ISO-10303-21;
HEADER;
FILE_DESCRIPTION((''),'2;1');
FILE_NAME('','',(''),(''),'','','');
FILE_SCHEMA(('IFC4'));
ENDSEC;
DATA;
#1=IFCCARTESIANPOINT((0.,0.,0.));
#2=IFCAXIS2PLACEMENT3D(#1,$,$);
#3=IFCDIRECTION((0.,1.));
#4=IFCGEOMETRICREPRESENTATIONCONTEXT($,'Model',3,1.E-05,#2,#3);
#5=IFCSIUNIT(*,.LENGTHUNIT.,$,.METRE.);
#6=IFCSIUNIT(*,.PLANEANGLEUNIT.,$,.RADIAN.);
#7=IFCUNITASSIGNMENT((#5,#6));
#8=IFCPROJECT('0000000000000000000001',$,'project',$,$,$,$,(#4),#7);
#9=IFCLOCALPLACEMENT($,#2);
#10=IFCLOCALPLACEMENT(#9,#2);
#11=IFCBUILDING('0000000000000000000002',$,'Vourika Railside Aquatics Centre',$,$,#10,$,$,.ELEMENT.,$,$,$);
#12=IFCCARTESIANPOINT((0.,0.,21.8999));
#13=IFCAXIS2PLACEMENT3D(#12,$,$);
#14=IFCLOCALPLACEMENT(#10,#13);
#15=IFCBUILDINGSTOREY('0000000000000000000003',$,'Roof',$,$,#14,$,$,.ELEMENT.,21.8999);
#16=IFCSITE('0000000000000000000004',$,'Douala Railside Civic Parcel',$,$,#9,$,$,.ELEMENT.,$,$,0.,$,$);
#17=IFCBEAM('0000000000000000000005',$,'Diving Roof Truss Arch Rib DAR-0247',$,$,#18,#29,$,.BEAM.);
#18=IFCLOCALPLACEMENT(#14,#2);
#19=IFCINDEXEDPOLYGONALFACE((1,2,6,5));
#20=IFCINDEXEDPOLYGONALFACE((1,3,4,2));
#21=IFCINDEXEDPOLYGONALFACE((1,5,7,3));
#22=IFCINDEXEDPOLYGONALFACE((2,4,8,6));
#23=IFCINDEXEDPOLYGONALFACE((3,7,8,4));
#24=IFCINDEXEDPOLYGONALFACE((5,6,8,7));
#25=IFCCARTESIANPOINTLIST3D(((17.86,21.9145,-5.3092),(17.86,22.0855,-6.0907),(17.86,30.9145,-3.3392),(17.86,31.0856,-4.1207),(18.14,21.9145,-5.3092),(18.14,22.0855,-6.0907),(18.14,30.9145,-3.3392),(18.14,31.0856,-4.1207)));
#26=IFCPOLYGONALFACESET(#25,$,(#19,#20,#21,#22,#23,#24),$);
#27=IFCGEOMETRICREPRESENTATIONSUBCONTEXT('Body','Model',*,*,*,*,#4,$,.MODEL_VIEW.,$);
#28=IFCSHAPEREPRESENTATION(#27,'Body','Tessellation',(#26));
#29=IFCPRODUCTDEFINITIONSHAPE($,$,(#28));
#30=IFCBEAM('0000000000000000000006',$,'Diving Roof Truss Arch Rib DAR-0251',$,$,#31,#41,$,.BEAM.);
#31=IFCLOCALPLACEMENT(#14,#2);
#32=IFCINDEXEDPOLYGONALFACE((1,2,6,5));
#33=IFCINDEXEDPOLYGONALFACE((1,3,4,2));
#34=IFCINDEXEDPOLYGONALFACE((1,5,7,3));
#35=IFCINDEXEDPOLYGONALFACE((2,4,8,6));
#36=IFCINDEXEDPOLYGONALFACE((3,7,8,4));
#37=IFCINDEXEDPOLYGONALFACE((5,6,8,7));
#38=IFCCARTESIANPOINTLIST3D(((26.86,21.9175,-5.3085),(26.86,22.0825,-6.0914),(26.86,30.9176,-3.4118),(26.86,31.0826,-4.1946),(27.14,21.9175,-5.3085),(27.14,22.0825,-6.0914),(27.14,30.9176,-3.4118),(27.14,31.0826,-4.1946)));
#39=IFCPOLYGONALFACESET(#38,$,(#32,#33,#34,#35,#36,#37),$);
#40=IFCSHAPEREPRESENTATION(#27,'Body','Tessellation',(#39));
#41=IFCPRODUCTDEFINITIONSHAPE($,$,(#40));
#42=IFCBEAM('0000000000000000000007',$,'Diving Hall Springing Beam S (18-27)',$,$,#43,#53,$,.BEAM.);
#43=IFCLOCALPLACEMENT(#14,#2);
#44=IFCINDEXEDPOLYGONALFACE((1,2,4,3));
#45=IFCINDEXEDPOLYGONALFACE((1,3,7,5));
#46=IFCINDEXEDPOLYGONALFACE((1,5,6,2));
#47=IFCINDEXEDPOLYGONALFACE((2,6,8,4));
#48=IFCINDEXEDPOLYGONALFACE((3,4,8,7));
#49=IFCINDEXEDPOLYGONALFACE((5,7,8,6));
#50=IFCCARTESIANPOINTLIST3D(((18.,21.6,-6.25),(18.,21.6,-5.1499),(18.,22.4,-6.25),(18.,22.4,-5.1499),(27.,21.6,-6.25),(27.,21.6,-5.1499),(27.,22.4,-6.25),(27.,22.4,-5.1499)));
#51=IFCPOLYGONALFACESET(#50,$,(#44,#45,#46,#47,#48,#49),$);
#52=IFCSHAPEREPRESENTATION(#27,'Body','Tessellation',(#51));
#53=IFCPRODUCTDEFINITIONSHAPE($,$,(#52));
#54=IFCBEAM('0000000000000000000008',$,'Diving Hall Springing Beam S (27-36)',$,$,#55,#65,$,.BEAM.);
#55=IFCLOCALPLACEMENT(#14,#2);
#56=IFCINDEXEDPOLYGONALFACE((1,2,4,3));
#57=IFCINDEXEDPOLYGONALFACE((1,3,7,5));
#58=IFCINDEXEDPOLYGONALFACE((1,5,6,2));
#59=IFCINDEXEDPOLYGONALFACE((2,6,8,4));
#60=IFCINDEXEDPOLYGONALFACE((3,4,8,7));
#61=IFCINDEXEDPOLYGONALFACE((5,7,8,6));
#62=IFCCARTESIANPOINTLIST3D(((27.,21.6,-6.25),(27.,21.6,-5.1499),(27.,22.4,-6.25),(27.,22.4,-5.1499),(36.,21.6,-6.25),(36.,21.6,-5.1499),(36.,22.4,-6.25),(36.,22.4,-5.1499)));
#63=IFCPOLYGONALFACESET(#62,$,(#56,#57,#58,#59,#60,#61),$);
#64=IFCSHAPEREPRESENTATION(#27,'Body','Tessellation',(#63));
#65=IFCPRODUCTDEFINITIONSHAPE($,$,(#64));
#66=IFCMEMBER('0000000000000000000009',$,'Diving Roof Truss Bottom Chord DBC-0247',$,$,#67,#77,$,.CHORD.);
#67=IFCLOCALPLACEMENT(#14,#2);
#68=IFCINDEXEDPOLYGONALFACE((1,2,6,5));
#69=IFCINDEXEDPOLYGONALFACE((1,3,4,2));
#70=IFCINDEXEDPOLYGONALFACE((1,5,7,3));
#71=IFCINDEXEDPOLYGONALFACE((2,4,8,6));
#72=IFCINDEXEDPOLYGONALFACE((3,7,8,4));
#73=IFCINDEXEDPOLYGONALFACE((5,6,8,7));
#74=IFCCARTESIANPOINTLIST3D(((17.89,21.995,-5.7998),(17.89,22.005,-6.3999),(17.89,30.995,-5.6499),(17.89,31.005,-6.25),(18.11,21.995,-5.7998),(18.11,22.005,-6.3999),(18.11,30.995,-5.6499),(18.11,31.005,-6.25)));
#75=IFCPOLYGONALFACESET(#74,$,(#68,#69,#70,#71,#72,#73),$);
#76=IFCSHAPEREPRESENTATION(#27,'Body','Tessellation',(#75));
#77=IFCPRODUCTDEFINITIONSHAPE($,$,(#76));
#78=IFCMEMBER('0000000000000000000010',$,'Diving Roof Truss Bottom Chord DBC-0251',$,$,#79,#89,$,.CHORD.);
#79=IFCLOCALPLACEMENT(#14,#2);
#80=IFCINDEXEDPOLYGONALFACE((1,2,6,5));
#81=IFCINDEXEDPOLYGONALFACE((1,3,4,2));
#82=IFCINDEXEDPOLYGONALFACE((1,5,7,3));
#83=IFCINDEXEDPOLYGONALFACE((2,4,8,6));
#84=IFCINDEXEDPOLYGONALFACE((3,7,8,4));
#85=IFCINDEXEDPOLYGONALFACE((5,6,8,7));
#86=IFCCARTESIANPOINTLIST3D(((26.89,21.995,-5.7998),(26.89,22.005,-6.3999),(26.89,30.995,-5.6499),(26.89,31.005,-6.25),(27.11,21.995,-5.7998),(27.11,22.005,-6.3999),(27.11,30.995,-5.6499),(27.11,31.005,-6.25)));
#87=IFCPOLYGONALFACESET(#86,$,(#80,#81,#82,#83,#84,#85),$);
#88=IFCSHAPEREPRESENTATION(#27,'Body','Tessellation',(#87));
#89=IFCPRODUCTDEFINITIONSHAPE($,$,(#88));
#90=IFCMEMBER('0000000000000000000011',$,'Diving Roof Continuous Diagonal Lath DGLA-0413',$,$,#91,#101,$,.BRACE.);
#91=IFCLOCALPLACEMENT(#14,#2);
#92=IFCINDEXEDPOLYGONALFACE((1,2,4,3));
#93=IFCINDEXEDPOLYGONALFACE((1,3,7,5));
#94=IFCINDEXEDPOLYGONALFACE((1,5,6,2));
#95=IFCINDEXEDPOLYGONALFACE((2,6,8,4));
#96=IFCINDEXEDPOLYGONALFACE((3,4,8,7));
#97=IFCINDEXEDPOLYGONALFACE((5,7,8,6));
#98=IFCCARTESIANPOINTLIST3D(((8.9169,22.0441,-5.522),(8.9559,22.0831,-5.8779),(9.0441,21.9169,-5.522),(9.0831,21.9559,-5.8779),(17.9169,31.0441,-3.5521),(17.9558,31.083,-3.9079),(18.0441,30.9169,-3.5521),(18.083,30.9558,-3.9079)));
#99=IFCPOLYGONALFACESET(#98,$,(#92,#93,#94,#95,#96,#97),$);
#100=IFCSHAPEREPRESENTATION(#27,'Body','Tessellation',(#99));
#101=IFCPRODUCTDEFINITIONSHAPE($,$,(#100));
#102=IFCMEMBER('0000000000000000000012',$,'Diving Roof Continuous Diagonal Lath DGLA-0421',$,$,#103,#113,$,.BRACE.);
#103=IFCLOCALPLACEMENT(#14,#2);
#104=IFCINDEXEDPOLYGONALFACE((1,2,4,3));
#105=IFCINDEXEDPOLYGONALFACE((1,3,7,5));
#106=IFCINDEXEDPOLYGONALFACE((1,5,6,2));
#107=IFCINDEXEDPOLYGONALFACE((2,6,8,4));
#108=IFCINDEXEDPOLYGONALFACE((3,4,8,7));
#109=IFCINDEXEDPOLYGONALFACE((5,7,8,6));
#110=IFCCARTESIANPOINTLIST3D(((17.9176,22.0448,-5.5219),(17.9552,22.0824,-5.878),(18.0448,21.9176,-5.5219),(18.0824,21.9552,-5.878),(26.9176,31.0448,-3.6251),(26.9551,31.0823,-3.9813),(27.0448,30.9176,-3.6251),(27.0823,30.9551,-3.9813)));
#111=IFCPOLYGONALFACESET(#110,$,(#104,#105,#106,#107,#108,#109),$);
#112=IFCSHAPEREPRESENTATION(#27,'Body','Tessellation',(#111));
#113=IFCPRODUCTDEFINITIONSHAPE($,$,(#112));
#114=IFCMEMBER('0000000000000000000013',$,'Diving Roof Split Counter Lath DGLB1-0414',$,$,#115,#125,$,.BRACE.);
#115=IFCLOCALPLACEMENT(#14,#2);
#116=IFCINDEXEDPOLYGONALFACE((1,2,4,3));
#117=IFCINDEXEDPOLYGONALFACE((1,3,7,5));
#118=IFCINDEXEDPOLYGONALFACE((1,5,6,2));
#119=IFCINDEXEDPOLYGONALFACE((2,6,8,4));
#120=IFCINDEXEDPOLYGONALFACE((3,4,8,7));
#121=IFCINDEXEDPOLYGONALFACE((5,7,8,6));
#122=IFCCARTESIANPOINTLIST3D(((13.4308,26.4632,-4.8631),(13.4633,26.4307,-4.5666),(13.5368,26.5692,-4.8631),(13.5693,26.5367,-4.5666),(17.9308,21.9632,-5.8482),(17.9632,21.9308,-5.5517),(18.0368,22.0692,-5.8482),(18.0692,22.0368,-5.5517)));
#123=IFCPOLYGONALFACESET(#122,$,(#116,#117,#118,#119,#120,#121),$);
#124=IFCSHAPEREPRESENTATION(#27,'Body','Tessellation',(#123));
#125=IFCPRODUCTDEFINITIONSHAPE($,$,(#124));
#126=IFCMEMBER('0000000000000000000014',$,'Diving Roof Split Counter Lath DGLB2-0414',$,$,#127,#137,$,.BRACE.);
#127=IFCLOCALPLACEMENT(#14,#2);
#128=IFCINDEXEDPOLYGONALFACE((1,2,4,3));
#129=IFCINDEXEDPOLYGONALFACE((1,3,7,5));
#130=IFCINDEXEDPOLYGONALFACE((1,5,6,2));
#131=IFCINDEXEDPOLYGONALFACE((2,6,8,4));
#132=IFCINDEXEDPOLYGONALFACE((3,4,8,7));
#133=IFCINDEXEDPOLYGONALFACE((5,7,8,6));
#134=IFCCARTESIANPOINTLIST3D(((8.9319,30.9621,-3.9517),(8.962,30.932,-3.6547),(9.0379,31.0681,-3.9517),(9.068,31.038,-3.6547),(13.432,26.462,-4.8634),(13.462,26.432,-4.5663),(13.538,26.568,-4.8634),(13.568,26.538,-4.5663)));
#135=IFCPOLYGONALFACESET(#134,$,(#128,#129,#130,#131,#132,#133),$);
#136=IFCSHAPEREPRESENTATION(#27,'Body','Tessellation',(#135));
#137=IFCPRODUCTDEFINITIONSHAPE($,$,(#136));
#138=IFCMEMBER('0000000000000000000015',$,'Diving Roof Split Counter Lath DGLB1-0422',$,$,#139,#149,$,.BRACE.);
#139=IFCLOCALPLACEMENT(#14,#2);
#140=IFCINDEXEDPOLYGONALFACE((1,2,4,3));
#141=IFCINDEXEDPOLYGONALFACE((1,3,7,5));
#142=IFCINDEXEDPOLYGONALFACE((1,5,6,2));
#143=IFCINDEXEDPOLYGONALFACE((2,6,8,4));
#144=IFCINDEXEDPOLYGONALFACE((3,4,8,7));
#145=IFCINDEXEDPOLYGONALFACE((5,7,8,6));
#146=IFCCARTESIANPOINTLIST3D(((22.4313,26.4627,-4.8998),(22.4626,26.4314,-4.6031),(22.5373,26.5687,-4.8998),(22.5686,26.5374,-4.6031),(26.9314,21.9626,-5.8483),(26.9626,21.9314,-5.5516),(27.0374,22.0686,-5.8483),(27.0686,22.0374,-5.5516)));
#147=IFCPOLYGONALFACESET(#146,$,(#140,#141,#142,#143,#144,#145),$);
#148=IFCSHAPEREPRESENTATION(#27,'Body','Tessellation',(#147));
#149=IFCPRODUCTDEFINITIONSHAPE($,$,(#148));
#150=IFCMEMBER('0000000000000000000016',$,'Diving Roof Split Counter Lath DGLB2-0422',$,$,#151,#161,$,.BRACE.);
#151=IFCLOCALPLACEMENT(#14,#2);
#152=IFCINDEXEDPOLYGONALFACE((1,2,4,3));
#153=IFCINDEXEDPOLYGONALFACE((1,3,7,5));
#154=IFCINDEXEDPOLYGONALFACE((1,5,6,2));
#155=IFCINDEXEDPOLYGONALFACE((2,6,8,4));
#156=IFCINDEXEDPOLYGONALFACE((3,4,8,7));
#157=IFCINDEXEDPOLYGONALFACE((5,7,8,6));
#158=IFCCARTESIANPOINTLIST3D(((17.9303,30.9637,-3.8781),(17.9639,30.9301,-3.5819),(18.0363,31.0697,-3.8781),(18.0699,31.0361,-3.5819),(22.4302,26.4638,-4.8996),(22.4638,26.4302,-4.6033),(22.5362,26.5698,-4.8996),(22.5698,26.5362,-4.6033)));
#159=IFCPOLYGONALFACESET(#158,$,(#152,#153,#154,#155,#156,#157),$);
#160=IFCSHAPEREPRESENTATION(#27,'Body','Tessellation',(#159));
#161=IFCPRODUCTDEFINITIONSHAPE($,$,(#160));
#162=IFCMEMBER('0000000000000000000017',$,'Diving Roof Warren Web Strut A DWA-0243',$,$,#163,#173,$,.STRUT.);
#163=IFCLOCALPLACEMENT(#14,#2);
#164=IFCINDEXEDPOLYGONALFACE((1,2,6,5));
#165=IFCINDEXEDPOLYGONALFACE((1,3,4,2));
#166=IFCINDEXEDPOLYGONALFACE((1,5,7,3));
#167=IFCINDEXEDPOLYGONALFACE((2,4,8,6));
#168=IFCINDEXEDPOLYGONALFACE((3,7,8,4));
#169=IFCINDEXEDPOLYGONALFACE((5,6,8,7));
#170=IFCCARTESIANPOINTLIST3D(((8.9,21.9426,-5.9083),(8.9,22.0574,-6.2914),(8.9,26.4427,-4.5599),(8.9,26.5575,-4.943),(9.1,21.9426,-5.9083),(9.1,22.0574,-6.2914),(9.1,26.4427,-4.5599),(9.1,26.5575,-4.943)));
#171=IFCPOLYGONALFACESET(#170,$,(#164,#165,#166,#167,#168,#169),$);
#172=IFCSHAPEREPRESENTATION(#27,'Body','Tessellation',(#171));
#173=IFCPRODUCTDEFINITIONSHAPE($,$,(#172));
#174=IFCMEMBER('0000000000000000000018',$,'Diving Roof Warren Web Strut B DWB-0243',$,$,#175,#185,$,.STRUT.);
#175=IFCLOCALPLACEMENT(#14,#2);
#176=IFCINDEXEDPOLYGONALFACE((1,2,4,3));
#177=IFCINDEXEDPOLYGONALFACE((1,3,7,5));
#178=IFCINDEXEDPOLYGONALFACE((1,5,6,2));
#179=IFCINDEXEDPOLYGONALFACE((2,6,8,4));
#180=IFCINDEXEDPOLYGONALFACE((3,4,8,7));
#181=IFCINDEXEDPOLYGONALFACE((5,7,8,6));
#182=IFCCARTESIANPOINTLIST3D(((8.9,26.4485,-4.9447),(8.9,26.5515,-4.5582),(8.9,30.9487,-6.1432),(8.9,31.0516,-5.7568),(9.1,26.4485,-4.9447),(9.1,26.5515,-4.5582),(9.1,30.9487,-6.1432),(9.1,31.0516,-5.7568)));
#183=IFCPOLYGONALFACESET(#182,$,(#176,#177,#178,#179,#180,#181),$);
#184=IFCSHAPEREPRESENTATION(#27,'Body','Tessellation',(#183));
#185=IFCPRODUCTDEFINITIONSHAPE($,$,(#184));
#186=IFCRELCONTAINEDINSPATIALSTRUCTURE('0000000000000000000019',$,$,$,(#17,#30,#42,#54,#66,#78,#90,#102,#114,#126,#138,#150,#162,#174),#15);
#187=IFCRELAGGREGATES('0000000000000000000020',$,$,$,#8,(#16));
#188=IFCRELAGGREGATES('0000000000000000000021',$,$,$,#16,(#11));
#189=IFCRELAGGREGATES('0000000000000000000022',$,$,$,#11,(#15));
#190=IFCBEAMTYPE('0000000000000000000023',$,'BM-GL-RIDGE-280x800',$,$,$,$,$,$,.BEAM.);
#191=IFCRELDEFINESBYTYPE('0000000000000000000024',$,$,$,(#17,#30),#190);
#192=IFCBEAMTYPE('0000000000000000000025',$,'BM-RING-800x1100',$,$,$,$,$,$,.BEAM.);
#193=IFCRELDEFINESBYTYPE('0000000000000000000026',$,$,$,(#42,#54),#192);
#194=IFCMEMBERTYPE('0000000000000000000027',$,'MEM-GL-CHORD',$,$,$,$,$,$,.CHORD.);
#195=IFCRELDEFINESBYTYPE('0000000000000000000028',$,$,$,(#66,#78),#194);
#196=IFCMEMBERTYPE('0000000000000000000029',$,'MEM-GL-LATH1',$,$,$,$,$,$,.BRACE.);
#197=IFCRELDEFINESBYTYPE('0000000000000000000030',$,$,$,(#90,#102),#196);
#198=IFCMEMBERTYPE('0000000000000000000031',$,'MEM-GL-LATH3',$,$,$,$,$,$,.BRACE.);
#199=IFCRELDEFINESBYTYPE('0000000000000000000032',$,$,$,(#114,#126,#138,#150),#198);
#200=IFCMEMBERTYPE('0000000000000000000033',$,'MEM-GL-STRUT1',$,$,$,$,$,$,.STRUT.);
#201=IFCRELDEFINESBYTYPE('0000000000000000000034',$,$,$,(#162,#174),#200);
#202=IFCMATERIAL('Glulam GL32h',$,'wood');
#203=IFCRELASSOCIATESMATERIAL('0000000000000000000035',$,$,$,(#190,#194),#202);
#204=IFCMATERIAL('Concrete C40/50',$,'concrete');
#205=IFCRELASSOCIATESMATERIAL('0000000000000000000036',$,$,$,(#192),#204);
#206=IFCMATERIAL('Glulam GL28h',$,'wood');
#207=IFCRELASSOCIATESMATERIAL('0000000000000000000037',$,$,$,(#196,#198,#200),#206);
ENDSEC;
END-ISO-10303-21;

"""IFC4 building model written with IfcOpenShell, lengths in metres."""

from ifc_helpers import new_model, si_unit, direction, frame, origin, origin_2d, place, context, subcontext, project, spatial, rectangle, extrude, material, material_profile, profile_set, type_object, element, save


model = new_model("IFC4")

# Units and contexts
model_context = context("Model", 3, precision=1e-05, world=origin(), true_north=direction((0.0, 1.0)))
body_context = subcontext(model_context, "Body", "Model", "MODEL_VIEW")
ifc_project = project(units=[si_unit("LENGTHUNIT", "METRE"), si_unit("PLANEANGLEUNIT", "RADIAN")], contexts=[model_context])

# Site, building, storey
site_placement = place(None, origin())
site = spatial("IfcSite", under=ifc_project, at=site_placement, Name="Douala Railside Civic Parcel", CompositionType="ELEMENT", RefElevation=0.0)
building_placement = place(site_placement, origin())
building = spatial("IfcBuilding", under=site, at=building_placement, Name="Vourika Railside Aquatics Centre", CompositionType="ELEMENT")
storey_placement = place(building_placement, frame((0.0, 0.0, 21.8999)))
storey = spatial("IfcBuildingStorey", under=building, at=storey_placement, Name="Roof", CompositionType="ELEMENT", Elevation=21.8999)

# Beams
ifc_material_1 = material(Name="Glulam GL32h", Category="wood")
ifc_material_profile_1 = material_profile(ifc_material_1, rectangle(XDim=0.28, YDim=0.8, at=origin_2d()), Name="GL32h 280x800")
ifc_profile_set_1 = profile_set([ifc_material_profile_1], Name="Glulam GL32h")
beam_type_1 = type_object("IfcBeamType", Name="BM-GL-RIDGE-280x800", PredefinedType="BEAM", material=ifc_profile_set_1)
beam_1_placement = place(storey_placement, frame((18.0, 22.0, -5.7), z_axis=(0.0, 0.976872, 0.213823), x_axis=(-1.0, 0.0, 0.0)))
element("IfcBeam", 1, at=beam_1_placement, inside=storey, type_object=beam_type_1, Name="Diving Roof Truss Arch Rib DAR-0247", PredefinedType="BEAM", context=body_context, shape_type="SweptSolid", body=[
    extrude(rectangle(XDim=0.28, YDim=0.8, at=origin_2d()), origin(), (0.0, 0.0, 1.0), 9.2131),
])
beam_2_placement = place(storey_placement, frame((27.0, 22.0, -5.7), z_axis=(0.0, 0.978506, 0.206218), x_axis=(-1.0, 0.0, 0.0)))
element("IfcBeam", 2, at=beam_2_placement, inside=storey, type_object=beam_type_1, Name="Diving Roof Truss Arch Rib DAR-0251", PredefinedType="BEAM", context=body_context, shape_type="SweptSolid", body=[
    extrude(rectangle(XDim=0.28, YDim=0.8, at=origin_2d()), origin(), (0.0, 0.0, 1.0), 9.1978),
])
ifc_material_2 = material(Name="Concrete C40/50", Category="concrete")
ifc_material_profile_2 = material_profile(ifc_material_2, rectangle(XDim=0.8, YDim=1.1001, at=origin_2d()), Name="RC 800x1100")
ifc_profile_set_2 = profile_set([ifc_material_profile_2], Name="Concrete C40/50")
beam_type_2 = type_object("IfcBeamType", Name="BM-RING-800x1100", PredefinedType="BEAM", material=ifc_profile_set_2)
for number, where, z_axis, x_axis, name in (
    (3, (18.0, 22.0, -5.7), (1.0, 0.0, 0.0), (0.0, 1.0, 0.0), "Diving Hall Springing Beam S (18-27)"),
    (4, (27.0, 22.0, -5.7), (1.0, 0.0, 0.0), (0.0, 1.0, 0.0), "Diving Hall Springing Beam S (27-36)"),
):
    element("IfcBeam", number, at=place(storey_placement, frame(where, z_axis=z_axis, x_axis=x_axis)), inside=storey, type_object=beam_type_2, Name=name, PredefinedType="BEAM", context=body_context, shape_type="SweptSolid", body=[
        extrude(rectangle(XDim=0.8, YDim=1.1001, at=origin_2d()), origin(), (0.0, 0.0, 1.0), 9.0),
    ])

# Members
ifc_material_profile_3 = material_profile(ifc_material_1, rectangle(XDim=0.22, YDim=0.6001, at=origin_2d()), Name="GL32h 220x600")
ifc_profile_set_3 = profile_set([ifc_material_profile_3], Name="Glulam GL32h")
member_type_1 = type_object("IfcMemberType", Name="MEM-GL-CHORD", PredefinedType="CHORD", material=ifc_profile_set_3)
for number, where, z_axis, x_axis, name in (
    (5, (18.0, 22.0, -6.0999), (0.0, 0.999861, 0.016654), (-1.0, 0.0, 0.0), "Diving Roof Truss Bottom Chord DBC-0247"),
    (6, (27.0, 22.0, -6.0999), (0.0, 0.999861, 0.016654), (-1.0, 0.0, 0.0), "Diving Roof Truss Bottom Chord DBC-0251"),
):
    element("IfcMember", number, at=place(storey_placement, frame(where, z_axis=z_axis, x_axis=x_axis)), inside=storey, type_object=member_type_1, Name=name, PredefinedType="CHORD", context=body_context, shape_type="SweptSolid", body=[
        extrude(rectangle(XDim=0.22, YDim=0.6001, at=origin_2d()), origin(), (0.0, 0.0, 1.0), 9.0012),
    ])
ifc_material_3 = material(Name="Glulam GL28h", Category="wood")
ifc_material_profile_4 = material_profile(ifc_material_3, rectangle(XDim=0.1799, YDim=0.3601, at=origin_2d()), Name="GL28h 180x360")
ifc_profile_set_4 = profile_set([ifc_material_profile_4], Name="Glulam GL28h")
member_type_2 = type_object("IfcMemberType", Name="MEM-GL-LATH1", PredefinedType="BRACE", material=ifc_profile_set_4)
member_1_placement = place(storey_placement, frame((9.0, 22.0, -5.7), z_axis=(0.698786, 0.698786, 0.152954), x_axis=(-0.707107, 0.707107, 0.0)))
element("IfcMember", 7, at=member_1_placement, inside=storey, type_object=member_type_2, Name="Diving Roof Continuous Diagonal Lath DGLA-0413", PredefinedType="BRACE", context=body_context, shape_type="SweptSolid", body=[
    extrude(rectangle(XDim=0.1799, YDim=0.3601, at=origin_2d()), origin(), (0.0, 0.0, 1.0), 12.8794),
])
member_2_placement = place(storey_placement, frame((18.0, 22.0, -5.7), z_axis=(0.699384, 0.699384, 0.147393), x_axis=(-0.707107, 0.707107, 0.0)))
element("IfcMember", 8, at=member_2_placement, inside=storey, type_object=member_type_2, Name="Diving Roof Continuous Diagonal Lath DGLA-0421", PredefinedType="BRACE", context=body_context, shape_type="SweptSolid", body=[
    extrude(rectangle(XDim=0.1799, YDim=0.3601, at=origin_2d()), origin(), (0.0, 0.0, 1.0), 12.8684),
])
ifc_material_profile_5 = material_profile(ifc_material_3, rectangle(XDim=0.1499, YDim=0.3, at=origin_2d()), Name="GL28h 150x300")
ifc_profile_set_5 = profile_set([ifc_material_profile_5], Name="Glulam GL28h")
member_type_3 = type_object("IfcMemberType", Name="MEM-GL-LATH3", PredefinedType="BRACE", material=ifc_profile_set_5)
member_3_placement = place(storey_placement, frame((18.0, 22.0, -5.7), z_axis=(-0.698784, 0.698784, 0.152973), x_axis=(-0.707107, -0.707107, 0.0)))
element("IfcMember", 9, at=member_3_placement, inside=storey, type_object=member_type_3, Name="Diving Roof Split Counter Lath DGLB1-0414", PredefinedType="BRACE", context=body_context, shape_type="SweptSolid", body=[
    extrude(rectangle(XDim=0.1499, YDim=0.3, at=origin_2d()), origin(), (0.0, 0.0, 1.0), 6.4397),
])
member_4_placement = place(storey_placement, frame((13.5, 26.5, -4.7148), z_axis=(-0.699962, 0.699962, 0.1418), x_axis=(-0.707107, -0.707107, 0.0)))
element("IfcMember", 10, at=member_4_placement, inside=storey, type_object=member_type_3, Name="Diving Roof Split Counter Lath DGLB2-0414", PredefinedType="BRACE", context=body_context, shape_type="SweptSolid", body=[
    extrude(rectangle(XDim=0.1499, YDim=0.3, at=origin_2d()), origin(), (0.0, 0.0, 1.0), 6.429),
])
member_5_placement = place(storey_placement, frame((27.0, 22.0, -5.7), z_axis=(-0.699382, 0.699382, 0.147412), x_axis=(-0.707107, -0.707107, 0.0)))
element("IfcMember", 11, at=member_5_placement, inside=storey, type_object=member_type_3, Name="Diving Roof Split Counter Lath DGLB1-0422", PredefinedType="BRACE", context=body_context, shape_type="SweptSolid", body=[
    extrude(rectangle(XDim=0.1499, YDim=0.3, at=origin_2d()), origin(), (0.0, 0.0, 1.0), 6.4343),
])
member_6_placement = place(storey_placement, frame((22.5, 26.5, -4.7515), z_axis=(-0.69817, 0.69817, 0.158482), x_axis=(-0.707107, -0.707107, 0.0)))
element("IfcMember", 12, at=member_6_placement, inside=storey, type_object=member_type_3, Name="Diving Roof Split Counter Lath DGLB2-0422", PredefinedType="BRACE", context=body_context, shape_type="SweptSolid", body=[
    extrude(rectangle(XDim=0.1499, YDim=0.3, at=origin_2d()), origin(), (0.0, 0.0, 1.0), 6.4453),
])
ifc_material_profile_6 = material_profile(ifc_material_3, rectangle(XDim=0.2, YDim=0.3999, at=origin_2d()), Name="GL28h 200x400")
ifc_profile_set_6 = profile_set([ifc_material_profile_6], Name="Glulam GL28h")
member_type_4 = type_object("IfcMemberType", Name="MEM-GL-STRUT1", PredefinedType="STRUT", material=ifc_profile_set_6)
member_7_placement = place(storey_placement, frame((9.0, 22.0, -6.0999), z_axis=(0.0, 0.957921, 0.287033), x_axis=(-1.0, 0.0, 0.0)))
element("IfcMember", 13, at=member_7_placement, inside=storey, type_object=member_type_4, Name="Diving Roof Warren Web Strut A DWA-0243", PredefinedType="STRUT", context=body_context, shape_type="SweptSolid", body=[
    extrude(rectangle(XDim=0.2, YDim=0.3999, at=origin_2d()), origin(), (0.0, 0.0, 1.0), 4.6978),
])
member_8_placement = place(storey_placement, frame((9.0, 26.5, -4.7515), z_axis=(0.0, 0.966316, -0.257359), x_axis=(-1.0, 0.0, 0.0)))
element("IfcMember", 14, at=member_8_placement, inside=storey, type_object=member_type_4, Name="Diving Roof Warren Web Strut B DWB-0243", PredefinedType="STRUT", context=body_context, shape_type="SweptSolid", body=[
    extrude(rectangle(XDim=0.2, YDim=0.3999, at=origin_2d()), origin(), (0.0, 0.0, 1.0), 4.657),
])

save(model, "model.ifc")
